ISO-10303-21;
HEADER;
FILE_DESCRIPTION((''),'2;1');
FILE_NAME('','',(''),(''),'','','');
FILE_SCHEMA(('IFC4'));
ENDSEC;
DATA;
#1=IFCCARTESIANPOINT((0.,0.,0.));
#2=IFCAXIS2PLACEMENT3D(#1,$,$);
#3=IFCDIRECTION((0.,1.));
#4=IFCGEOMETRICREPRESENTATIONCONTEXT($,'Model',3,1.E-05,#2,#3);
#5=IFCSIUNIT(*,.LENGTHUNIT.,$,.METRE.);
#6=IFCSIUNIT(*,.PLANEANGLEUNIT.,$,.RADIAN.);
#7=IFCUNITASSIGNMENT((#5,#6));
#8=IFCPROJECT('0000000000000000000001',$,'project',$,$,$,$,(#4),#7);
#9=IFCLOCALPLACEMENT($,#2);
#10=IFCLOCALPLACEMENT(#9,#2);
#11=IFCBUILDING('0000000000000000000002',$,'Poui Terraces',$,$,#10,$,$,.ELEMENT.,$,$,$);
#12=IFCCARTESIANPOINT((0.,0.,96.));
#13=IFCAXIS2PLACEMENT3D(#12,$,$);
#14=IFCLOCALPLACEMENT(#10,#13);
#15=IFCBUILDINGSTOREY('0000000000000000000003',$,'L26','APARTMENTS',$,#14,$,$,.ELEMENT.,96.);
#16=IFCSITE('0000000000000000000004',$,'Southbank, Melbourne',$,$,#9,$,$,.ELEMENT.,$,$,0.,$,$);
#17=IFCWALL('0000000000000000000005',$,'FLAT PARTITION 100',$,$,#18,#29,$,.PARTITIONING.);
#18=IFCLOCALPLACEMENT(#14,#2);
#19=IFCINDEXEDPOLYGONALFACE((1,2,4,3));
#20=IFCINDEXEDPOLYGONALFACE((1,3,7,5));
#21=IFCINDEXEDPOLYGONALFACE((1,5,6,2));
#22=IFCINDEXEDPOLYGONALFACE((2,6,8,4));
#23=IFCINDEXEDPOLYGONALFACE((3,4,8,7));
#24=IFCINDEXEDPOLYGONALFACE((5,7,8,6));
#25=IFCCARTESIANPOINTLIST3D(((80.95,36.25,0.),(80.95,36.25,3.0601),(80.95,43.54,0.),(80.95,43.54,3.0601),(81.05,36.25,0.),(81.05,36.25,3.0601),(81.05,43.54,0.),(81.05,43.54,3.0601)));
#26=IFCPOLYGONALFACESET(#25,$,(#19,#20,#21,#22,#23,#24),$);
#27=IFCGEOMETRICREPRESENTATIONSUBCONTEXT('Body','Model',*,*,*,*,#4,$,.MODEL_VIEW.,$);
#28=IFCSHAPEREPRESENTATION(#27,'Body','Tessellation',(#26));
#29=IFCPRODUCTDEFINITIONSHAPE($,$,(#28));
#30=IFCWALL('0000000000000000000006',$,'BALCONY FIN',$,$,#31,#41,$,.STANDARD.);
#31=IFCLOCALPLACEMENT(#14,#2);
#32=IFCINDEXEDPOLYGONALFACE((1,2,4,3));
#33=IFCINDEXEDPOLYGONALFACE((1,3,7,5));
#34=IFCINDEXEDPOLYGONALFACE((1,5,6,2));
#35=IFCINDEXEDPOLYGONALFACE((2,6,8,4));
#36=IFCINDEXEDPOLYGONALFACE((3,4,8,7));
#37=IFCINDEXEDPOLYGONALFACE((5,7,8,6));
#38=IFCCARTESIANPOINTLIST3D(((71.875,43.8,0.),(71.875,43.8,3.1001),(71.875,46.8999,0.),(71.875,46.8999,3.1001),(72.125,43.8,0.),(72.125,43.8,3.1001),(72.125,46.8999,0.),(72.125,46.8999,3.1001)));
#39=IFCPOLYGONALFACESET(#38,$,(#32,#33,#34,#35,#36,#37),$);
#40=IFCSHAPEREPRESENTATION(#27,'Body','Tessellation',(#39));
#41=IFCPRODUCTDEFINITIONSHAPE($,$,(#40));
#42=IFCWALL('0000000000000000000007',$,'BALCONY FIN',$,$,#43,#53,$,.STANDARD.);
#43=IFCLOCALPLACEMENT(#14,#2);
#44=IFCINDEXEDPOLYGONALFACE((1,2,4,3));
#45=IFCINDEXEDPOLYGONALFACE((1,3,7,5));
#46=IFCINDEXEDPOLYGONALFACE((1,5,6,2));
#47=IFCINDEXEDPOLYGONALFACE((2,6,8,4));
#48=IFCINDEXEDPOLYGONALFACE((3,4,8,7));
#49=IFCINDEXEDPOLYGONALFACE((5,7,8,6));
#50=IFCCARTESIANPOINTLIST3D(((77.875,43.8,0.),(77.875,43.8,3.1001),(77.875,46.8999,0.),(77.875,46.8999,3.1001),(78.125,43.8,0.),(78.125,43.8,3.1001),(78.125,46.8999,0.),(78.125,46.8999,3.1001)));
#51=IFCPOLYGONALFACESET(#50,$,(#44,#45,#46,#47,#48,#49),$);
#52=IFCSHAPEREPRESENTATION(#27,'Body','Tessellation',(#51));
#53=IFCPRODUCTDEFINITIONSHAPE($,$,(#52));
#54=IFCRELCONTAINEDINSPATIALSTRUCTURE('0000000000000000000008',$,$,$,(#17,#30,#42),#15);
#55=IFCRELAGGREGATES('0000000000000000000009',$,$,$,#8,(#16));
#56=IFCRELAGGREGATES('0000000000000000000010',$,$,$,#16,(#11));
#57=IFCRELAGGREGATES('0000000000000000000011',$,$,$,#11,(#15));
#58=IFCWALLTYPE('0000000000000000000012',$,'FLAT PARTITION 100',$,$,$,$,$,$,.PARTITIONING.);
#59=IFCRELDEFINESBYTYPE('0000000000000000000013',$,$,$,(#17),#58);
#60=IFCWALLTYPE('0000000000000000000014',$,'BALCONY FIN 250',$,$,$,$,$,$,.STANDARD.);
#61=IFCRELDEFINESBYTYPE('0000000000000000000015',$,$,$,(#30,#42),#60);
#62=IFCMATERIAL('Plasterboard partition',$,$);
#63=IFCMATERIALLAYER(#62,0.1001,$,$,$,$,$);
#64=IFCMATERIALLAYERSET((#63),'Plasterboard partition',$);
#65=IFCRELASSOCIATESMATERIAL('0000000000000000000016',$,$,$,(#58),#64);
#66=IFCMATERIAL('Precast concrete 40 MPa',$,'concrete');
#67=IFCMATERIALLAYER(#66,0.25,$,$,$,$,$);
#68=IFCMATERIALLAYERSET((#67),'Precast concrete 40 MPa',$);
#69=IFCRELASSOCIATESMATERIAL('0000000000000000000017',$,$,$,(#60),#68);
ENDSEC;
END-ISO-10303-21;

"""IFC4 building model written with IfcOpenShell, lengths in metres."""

from ifc_helpers import new_model, si_unit, direction, frame, frame_2d, origin, place, context, subcontext, project, spatial, polyline, rectangle, outline, extrude, source, transform, mapped, material, layer, layer_set, type_object, element, save


model = new_model("IFC4")

# Units and contexts
model_context = context("Model", 3, precision=1e-05, world=origin(), true_north=direction((0.0, 1.0)))
body_context = subcontext(model_context, "Body", "Model", "MODEL_VIEW")
ifc_project = project(units=[si_unit("LENGTHUNIT", "METRE"), si_unit("PLANEANGLEUNIT", "RADIAN")], contexts=[model_context])

# Site, building, storey
site_placement = place(None, origin())
site = spatial("IfcSite", under=ifc_project, at=site_placement, Name="Southbank, Melbourne", CompositionType="ELEMENT", RefElevation=0.0)
building_placement = place(site_placement, origin())
building = spatial("IfcBuilding", under=site, at=building_placement, Name="Poui Terraces", CompositionType="ELEMENT")
storey_placement = place(building_placement, frame((0.0, 0.0, 96.0)))
storey = spatial("IfcBuildingStorey", under=building, at=storey_placement, Name="L26", Description="APARTMENTS", CompositionType="ELEMENT", Elevation=96.0)

# Shared definitions
ifc_material_1 = material(Name="Plasterboard partition")
ifc_layer_1 = layer(ifc_material_1, 0.1001)
ifc_layer_set_1 = layer_set([ifc_layer_1], Name="Plasterboard partition")
wall_type_1 = type_object("IfcWallType", Name="FLAT PARTITION 100", PredefinedType="PARTITIONING", material=ifc_layer_set_1)

# Walls
wall_1_placement = place(storey_placement, frame((81.0, 36.25, 0.0), z_axis=(0.0, 0.0, 1.0), x_axis=(0.0, 1.0, 0.0)))
element("IfcWall", 1, at=wall_1_placement, inside=storey, type_object=wall_type_1, Name="FLAT PARTITION 100", PredefinedType="PARTITIONING", context=body_context, shape_type="SweptSolid", body=[
    extrude(rectangle(XDim=7.29, YDim=0.1001, at=frame_2d((3.645, 0.0))), origin(), (0.0, 0.0, 1.0), 3.0601),
])
ifc_material_2 = material(Name="Precast concrete 40 MPa", Category="concrete")
ifc_layer_2 = layer(ifc_material_2, 0.25)
ifc_layer_set_2 = layer_set([ifc_layer_2], Name="Precast concrete 40 MPa")
wall_type_2 = type_object("IfcWallType", Name="BALCONY FIN 250", PredefinedType="STANDARD", material=ifc_layer_set_2)
shared_shape_1 = source(origin(), body_context, "Body", "SweptSolid", [
    extrude(outline(polyline([(0.0, 0.0), (0.25, 0.0), (0.25, 3.0999), (0.0, 3.0999), (0.0, 0.0)])), origin(), (0.0, 0.0, 1.0), 3.1001),
])
for number, where, name in (
    (2, (71.875, 43.8, 0.0), "BALCONY FIN"),
    (3, (77.875, 43.8, 0.0), "BALCONY FIN"),
):
    element("IfcWall", number, at=place(storey_placement, frame(where)), inside=storey, type_object=wall_type_2, Name=name, PredefinedType="STANDARD", context=body_context, shape_type="MappedRepresentation", body=[
        mapped(shared_shape_1, transform((0.0, 0.0, 0.0))),
    ])

save(model, "model.ifc")
